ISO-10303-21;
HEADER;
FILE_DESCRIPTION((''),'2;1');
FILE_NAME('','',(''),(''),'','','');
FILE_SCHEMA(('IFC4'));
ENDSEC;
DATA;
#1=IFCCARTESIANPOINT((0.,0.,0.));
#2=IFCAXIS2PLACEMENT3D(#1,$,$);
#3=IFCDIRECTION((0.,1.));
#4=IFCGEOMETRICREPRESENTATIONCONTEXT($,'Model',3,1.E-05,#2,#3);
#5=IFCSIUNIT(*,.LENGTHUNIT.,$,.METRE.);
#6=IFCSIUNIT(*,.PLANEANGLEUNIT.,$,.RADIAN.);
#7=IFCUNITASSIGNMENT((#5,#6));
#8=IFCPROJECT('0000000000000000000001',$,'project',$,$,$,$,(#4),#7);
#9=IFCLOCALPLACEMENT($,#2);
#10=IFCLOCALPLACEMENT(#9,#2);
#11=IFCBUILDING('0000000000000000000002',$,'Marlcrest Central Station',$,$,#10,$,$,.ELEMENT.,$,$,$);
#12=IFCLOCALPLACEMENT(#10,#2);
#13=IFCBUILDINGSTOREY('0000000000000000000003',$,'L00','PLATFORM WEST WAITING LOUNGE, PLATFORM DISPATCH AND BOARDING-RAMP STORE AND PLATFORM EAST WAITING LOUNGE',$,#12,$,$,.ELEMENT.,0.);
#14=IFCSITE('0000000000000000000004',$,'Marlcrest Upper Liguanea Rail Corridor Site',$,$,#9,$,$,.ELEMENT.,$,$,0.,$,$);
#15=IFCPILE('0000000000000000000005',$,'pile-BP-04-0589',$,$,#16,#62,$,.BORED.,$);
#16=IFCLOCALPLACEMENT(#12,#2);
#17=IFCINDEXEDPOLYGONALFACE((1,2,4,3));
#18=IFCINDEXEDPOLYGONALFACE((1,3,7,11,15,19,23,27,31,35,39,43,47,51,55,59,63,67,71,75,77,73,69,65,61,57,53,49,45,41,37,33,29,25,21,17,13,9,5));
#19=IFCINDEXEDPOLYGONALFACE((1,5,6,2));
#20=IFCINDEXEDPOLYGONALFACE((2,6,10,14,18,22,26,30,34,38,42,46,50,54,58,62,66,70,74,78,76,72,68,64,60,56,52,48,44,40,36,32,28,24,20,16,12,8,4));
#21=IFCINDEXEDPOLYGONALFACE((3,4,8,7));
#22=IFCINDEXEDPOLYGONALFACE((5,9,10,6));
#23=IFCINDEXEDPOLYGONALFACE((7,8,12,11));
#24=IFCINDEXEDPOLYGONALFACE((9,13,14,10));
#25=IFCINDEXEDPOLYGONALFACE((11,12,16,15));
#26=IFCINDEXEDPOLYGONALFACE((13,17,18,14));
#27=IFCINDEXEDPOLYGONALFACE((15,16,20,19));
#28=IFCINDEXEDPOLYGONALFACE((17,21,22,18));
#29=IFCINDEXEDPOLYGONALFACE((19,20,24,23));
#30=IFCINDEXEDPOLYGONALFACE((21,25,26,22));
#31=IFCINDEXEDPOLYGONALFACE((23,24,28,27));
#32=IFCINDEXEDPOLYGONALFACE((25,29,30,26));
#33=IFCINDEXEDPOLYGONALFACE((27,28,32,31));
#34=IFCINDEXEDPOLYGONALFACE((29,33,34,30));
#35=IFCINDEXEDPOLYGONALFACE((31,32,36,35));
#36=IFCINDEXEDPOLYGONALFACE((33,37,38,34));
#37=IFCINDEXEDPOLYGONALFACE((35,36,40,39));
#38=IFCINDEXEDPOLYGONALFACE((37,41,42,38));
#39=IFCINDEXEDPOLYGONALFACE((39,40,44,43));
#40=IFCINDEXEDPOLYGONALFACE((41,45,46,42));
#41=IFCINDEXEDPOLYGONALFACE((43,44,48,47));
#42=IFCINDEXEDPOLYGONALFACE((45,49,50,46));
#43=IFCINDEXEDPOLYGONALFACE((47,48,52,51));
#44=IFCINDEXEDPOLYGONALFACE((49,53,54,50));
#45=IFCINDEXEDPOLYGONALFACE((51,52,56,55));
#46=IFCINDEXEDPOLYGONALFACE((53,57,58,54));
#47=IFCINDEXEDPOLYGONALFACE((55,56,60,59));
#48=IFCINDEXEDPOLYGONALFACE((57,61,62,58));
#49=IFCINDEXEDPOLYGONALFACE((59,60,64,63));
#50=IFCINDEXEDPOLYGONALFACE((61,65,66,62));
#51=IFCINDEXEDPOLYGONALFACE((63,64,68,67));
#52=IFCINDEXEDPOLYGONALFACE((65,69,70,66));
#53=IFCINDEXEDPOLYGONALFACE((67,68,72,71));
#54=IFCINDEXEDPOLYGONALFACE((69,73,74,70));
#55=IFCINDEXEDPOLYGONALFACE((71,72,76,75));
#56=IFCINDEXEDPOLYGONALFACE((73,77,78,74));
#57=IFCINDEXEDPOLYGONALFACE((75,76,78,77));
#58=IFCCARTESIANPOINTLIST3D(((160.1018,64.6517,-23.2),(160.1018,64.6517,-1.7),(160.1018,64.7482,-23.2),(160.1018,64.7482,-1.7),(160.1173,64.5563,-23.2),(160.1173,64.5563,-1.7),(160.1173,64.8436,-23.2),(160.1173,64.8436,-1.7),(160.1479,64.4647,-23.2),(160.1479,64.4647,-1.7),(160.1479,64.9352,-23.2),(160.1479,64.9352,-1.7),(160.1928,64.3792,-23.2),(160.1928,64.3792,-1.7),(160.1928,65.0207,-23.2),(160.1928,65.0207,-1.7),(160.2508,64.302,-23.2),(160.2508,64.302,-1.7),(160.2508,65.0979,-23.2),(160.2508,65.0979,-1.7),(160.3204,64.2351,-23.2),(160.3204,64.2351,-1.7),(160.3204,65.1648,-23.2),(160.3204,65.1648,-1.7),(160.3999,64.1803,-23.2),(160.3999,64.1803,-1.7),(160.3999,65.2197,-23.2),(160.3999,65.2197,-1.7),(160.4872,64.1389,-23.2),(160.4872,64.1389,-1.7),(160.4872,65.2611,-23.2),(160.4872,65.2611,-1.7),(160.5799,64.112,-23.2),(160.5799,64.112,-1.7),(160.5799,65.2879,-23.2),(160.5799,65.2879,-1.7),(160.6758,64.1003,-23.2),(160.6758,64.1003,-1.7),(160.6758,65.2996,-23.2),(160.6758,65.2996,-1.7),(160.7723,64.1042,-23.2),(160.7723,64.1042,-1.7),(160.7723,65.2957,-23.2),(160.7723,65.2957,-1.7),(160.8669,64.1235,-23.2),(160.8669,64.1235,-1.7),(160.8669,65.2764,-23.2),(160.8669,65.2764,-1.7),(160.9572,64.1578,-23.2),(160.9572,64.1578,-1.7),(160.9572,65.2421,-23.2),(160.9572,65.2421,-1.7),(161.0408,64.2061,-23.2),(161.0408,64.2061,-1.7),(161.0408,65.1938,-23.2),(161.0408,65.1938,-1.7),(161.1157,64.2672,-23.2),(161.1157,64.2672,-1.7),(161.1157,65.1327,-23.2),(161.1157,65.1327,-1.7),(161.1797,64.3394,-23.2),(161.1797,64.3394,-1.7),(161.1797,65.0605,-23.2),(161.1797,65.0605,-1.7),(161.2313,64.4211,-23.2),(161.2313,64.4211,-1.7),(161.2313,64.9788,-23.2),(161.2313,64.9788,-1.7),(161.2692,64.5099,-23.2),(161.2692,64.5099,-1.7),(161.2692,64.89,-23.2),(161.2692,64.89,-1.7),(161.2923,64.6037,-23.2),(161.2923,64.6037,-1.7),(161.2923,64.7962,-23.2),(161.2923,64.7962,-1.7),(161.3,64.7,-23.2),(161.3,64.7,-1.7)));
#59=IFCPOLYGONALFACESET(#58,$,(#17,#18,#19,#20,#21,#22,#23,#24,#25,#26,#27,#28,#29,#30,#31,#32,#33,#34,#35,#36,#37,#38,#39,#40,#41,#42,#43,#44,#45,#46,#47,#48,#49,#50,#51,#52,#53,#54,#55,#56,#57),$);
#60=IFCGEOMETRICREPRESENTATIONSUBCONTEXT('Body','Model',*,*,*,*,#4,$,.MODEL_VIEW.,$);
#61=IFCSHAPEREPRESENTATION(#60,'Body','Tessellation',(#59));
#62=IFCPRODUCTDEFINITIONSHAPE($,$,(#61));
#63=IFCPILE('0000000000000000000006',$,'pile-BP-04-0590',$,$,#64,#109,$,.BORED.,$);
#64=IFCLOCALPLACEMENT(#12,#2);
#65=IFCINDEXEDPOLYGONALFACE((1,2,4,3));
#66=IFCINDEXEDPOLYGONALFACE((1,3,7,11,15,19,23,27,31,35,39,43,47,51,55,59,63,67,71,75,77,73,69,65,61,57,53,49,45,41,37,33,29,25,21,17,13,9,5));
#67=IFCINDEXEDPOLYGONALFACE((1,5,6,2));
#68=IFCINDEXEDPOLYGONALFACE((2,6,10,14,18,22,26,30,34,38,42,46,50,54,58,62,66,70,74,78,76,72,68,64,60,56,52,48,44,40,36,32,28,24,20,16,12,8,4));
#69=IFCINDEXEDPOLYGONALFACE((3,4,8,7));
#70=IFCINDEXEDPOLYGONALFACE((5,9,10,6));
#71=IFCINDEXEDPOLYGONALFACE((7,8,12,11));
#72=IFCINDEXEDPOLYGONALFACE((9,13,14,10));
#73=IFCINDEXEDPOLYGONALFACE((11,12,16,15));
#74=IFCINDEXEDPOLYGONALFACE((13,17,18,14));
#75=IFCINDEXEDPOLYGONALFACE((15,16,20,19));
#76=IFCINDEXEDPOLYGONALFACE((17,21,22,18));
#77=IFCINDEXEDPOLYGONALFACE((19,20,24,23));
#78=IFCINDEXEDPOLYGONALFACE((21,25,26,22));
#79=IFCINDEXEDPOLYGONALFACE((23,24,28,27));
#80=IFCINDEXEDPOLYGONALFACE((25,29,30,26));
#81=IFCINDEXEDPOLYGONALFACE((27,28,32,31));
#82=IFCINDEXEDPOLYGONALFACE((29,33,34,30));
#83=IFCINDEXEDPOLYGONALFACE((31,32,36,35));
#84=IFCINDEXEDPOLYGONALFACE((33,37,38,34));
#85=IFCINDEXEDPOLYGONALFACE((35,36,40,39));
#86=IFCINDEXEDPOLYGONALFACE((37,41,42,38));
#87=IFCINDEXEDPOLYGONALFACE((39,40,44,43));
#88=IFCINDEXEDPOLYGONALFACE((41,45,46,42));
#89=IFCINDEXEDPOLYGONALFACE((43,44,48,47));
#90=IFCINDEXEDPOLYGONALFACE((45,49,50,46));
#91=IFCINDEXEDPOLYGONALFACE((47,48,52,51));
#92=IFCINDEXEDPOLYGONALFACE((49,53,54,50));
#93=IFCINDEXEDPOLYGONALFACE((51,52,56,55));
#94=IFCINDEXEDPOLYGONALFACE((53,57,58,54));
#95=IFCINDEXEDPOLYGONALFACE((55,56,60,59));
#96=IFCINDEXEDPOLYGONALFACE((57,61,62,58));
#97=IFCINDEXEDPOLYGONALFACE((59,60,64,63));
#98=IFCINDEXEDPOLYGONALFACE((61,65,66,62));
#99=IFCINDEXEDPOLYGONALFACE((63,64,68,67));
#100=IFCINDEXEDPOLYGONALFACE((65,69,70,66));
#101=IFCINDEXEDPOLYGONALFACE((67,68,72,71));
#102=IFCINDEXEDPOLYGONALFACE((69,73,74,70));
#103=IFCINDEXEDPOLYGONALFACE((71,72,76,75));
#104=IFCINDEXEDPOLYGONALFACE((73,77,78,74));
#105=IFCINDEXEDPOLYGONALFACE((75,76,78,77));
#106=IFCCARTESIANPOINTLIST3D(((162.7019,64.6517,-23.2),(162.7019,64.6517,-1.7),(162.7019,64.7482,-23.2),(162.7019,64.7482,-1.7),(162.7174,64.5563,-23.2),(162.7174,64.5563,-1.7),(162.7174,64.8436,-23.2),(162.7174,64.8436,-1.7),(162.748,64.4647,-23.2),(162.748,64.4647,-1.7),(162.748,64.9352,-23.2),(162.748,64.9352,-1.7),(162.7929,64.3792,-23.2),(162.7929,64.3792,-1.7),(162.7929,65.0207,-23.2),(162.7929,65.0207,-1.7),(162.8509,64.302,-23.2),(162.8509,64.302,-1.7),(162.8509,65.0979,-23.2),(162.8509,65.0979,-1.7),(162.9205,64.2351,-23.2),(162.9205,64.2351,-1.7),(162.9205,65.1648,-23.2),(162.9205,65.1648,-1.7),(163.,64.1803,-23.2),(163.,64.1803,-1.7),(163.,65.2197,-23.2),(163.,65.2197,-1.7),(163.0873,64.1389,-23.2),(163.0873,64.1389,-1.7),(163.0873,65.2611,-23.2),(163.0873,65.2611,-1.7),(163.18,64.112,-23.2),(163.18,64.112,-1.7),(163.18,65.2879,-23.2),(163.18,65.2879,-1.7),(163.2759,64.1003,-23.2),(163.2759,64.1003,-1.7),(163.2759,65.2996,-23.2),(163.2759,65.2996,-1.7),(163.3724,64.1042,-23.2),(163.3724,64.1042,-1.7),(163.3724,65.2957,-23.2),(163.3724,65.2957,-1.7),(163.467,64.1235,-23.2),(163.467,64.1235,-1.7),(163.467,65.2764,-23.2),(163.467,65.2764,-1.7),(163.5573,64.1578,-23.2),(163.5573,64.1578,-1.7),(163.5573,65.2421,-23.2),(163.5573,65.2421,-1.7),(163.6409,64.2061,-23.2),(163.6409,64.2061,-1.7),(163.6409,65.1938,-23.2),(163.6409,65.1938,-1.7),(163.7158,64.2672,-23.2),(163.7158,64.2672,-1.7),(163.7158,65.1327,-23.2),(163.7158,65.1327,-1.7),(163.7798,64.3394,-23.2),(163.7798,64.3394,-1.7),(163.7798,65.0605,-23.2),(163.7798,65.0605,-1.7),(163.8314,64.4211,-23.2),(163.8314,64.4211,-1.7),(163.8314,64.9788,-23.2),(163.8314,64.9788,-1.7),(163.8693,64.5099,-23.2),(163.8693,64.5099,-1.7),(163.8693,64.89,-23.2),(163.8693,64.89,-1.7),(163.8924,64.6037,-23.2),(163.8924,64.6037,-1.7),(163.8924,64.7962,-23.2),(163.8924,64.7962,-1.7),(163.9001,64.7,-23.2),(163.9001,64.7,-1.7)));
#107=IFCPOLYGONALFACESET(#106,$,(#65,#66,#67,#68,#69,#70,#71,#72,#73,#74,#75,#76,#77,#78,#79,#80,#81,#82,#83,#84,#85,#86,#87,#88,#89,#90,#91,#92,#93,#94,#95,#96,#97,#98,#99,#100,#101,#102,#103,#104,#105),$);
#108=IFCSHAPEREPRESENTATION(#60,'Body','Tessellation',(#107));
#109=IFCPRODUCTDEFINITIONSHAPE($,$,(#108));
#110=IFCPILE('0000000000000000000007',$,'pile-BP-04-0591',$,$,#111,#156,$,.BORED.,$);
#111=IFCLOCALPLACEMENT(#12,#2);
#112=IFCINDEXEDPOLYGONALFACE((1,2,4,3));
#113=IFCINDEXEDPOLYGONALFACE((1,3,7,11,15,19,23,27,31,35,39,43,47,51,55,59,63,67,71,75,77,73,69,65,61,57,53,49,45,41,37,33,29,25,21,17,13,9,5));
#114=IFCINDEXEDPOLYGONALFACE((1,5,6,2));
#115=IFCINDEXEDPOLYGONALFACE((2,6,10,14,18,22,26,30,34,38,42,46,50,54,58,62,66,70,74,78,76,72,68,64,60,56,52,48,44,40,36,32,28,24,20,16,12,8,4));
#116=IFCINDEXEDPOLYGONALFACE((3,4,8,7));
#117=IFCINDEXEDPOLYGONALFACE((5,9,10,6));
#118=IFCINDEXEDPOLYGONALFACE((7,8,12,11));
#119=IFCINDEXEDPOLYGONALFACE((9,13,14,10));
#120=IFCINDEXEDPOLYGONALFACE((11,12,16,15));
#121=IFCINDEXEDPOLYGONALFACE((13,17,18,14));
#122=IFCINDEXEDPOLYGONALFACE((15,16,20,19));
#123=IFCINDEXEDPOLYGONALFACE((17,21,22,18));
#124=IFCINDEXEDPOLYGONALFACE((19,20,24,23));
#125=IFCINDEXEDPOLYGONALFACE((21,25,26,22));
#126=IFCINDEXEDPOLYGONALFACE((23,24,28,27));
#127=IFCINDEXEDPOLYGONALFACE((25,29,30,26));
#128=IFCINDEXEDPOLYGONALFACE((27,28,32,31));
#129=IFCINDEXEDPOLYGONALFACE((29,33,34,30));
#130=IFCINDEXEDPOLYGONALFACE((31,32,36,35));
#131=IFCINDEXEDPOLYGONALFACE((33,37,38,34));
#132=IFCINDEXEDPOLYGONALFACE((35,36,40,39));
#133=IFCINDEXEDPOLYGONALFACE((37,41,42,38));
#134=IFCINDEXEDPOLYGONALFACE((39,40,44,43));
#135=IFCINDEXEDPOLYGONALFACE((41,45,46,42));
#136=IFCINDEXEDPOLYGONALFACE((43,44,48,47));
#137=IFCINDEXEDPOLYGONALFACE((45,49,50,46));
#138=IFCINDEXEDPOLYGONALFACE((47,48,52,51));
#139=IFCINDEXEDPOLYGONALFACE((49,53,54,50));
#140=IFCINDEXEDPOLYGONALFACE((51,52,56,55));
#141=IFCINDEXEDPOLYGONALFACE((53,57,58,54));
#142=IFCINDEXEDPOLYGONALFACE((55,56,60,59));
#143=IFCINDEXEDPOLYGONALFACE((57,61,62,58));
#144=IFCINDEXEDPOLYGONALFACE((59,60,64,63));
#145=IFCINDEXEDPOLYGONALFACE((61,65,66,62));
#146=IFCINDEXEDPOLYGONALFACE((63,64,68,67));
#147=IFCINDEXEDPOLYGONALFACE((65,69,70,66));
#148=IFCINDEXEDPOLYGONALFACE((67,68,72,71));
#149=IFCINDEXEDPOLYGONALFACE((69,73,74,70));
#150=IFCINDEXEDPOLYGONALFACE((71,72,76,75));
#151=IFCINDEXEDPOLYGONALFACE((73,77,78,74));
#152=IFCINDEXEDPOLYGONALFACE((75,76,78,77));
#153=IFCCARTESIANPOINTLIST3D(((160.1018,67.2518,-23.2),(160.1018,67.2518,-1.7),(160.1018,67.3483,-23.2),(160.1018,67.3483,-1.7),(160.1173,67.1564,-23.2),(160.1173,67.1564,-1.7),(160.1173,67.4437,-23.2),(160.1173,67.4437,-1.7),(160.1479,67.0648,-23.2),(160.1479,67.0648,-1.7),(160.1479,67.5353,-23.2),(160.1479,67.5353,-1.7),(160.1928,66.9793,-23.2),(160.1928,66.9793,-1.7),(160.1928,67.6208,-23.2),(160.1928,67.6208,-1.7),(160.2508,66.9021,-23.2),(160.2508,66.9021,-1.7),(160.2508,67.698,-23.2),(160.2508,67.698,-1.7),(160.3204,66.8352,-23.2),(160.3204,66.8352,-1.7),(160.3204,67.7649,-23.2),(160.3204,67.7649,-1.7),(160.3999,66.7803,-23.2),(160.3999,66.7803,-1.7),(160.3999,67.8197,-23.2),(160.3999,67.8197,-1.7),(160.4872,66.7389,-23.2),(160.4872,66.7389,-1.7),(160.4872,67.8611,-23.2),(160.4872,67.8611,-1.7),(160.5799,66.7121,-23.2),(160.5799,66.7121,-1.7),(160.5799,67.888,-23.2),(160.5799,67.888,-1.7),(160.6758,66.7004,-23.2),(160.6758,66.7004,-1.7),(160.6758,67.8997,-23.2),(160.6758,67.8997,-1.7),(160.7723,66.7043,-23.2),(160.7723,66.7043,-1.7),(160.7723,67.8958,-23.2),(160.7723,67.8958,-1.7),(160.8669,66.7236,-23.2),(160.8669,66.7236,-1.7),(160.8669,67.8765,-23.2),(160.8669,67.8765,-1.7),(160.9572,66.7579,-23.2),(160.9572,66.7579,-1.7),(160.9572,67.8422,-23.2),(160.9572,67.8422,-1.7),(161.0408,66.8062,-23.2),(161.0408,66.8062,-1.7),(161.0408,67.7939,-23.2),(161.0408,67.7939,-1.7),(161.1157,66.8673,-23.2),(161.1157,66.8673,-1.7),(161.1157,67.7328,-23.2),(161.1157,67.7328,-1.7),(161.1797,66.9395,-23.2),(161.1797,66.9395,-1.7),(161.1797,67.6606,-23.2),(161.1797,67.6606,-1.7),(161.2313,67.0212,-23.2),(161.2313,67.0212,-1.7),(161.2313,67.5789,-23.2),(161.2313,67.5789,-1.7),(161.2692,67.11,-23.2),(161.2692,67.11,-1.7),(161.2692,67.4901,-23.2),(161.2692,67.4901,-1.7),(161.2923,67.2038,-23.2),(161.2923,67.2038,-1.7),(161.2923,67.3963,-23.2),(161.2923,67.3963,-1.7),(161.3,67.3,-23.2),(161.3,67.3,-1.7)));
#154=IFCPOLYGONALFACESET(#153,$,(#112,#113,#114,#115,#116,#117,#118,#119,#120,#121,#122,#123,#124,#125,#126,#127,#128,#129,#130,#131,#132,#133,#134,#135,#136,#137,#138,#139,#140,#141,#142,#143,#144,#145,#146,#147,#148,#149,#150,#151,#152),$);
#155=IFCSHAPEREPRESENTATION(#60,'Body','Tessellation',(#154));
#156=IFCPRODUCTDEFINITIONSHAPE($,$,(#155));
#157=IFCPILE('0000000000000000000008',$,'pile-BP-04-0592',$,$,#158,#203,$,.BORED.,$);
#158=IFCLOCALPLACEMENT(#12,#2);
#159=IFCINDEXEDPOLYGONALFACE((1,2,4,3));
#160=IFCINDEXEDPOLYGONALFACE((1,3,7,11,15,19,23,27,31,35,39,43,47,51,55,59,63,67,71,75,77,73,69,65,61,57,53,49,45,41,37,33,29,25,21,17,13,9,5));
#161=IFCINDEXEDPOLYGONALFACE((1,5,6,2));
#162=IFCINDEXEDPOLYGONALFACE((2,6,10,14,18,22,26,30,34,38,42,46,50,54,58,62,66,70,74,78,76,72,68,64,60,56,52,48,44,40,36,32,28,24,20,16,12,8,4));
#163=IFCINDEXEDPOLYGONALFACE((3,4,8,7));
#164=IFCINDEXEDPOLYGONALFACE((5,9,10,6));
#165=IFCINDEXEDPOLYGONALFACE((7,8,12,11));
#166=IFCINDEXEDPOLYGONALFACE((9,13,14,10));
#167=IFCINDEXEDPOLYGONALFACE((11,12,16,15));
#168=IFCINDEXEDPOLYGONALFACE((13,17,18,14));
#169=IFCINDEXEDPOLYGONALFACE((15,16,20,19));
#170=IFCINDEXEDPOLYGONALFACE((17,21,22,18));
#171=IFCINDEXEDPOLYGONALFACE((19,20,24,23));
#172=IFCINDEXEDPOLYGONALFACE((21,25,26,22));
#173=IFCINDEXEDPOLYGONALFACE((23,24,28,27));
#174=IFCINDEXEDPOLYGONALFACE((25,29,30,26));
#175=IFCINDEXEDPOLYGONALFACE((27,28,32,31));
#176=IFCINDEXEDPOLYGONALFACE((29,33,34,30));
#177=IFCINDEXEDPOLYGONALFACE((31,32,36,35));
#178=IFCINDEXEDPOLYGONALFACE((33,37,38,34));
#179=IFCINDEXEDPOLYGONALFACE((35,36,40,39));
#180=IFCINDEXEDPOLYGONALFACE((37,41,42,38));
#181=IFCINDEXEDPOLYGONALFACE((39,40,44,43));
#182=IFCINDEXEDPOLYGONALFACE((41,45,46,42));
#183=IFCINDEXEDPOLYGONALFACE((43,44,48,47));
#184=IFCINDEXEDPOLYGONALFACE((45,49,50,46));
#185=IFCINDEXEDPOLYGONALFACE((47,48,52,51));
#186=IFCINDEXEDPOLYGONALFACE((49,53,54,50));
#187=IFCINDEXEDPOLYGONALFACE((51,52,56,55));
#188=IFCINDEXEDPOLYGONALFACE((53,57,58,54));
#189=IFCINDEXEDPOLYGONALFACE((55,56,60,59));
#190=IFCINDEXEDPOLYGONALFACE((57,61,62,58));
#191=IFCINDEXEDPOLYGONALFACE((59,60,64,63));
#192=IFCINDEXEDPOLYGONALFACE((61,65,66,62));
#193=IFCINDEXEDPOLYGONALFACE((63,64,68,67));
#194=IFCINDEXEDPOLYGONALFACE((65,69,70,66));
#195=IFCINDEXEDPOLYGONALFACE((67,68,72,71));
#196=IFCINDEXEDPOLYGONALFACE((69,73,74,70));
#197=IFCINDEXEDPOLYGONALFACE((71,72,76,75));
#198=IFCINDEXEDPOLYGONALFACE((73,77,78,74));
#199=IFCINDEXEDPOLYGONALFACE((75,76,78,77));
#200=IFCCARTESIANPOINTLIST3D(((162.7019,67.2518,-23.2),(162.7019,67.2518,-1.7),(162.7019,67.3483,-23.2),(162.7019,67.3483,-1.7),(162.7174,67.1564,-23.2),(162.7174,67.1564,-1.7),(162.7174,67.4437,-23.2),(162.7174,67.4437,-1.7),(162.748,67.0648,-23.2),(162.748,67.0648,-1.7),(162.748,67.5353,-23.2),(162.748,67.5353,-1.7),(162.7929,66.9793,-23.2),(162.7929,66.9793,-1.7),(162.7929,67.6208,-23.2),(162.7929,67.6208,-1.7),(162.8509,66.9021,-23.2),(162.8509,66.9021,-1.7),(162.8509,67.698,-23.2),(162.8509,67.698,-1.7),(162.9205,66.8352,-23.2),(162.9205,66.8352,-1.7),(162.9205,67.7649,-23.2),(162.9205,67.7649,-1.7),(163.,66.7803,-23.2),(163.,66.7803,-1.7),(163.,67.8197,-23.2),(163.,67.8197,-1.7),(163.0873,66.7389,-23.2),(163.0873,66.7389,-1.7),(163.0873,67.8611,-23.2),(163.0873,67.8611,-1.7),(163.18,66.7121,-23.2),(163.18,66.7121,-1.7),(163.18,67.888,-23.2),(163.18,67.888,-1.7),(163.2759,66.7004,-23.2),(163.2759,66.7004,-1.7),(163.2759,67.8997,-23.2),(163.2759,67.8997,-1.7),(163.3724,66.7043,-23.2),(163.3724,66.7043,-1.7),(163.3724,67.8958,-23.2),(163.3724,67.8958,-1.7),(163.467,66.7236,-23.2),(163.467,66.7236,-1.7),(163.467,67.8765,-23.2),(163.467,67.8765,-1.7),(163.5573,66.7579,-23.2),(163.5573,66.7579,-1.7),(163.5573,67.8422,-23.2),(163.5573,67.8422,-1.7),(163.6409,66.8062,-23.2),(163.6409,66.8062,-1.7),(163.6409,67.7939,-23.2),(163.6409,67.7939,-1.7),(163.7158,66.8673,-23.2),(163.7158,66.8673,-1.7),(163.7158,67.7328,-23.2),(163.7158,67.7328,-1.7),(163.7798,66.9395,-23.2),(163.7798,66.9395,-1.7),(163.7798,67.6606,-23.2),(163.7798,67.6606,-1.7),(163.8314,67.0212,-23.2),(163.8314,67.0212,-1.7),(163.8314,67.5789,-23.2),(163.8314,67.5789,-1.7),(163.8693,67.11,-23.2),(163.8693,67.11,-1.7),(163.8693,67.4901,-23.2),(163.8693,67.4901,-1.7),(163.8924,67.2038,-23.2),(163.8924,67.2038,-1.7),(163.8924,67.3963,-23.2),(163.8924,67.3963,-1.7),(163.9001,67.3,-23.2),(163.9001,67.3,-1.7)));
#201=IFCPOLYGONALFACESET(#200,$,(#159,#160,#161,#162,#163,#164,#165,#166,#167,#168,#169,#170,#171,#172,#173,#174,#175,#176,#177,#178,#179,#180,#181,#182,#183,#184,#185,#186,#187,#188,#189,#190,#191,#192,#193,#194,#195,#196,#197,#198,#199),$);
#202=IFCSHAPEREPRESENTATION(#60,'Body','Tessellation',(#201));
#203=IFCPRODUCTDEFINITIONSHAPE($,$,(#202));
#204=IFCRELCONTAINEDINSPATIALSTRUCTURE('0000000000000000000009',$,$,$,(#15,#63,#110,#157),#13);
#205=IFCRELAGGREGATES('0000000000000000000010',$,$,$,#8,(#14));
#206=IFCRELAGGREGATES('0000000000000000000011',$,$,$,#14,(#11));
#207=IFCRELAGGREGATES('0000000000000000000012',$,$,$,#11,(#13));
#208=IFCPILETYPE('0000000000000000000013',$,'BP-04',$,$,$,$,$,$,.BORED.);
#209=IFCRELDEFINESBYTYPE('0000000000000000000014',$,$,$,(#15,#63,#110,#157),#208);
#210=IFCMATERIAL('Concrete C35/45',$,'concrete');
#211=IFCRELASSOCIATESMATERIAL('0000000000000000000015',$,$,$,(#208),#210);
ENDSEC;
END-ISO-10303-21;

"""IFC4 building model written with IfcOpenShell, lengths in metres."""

from ifc_helpers import new_model, si_unit, direction, frame, origin, origin_2d, place, context, subcontext, project, spatial, circle, extrude, material, material_profile, profile_set, type_object, element, save


model = new_model("IFC4")

# Units and contexts
model_context = context("Model", 3, precision=1e-05, world=origin(), true_north=direction((0.0, 1.0)))
body_context = subcontext(model_context, "Body", "Model", "MODEL_VIEW")
ifc_project = project(units=[si_unit("LENGTHUNIT", "METRE"), si_unit("PLANEANGLEUNIT", "RADIAN")], contexts=[model_context])

# Site, building, storey
site_placement = place(None, origin())
site = spatial("IfcSite", under=ifc_project, at=site_placement, Name="Marlcrest Upper Liguanea Rail Corridor Site", CompositionType="ELEMENT", RefElevation=0.0)
building_placement = place(site_placement, origin())
building = spatial("IfcBuilding", under=site, at=building_placement, Name="Marlcrest Central Station", CompositionType="ELEMENT")
storey_placement = place(building_placement, origin())
storey = spatial("IfcBuildingStorey", under=building, at=storey_placement, Name="L00", Description="PLATFORM WEST WAITING LOUNGE, PLATFORM DISPATCH AND BOARDING-RAMP STORE AND PLATFORM EAST WAITING LOUNGE", CompositionType="ELEMENT", Elevation=0.0)

# Piles
ifc_material_1 = material(Name="Concrete C35/45", Category="concrete")
ifc_material_profile_1 = material_profile(ifc_material_1, circle(Radius=0.6001, at=origin_2d()), Name="PILE D1200")
ifc_profile_set_1 = profile_set([ifc_material_profile_1], Name="Concrete C35/45")
pile_type = type_object("IfcPileType", Name="BP-04", PredefinedType="BORED", material=ifc_profile_set_1)
for number, where, z_axis, x_axis, name in (
    (1, (160.7, 64.7, -1.7), (0.0, 0.0, -1.0), (1.0, 0.0, 0.0), "pile-BP-04-0589"),
    (2, (163.3, 64.7, -1.7), (0.0, 0.0, -1.0), (1.0, 0.0, 0.0), "pile-BP-04-0590"),
    (3, (160.7, 67.3, -1.7), (0.0, 0.0, -1.0), (1.0, 0.0, 0.0), "pile-BP-04-0591"),
    (4, (163.3, 67.3, -1.7), (0.0, 0.0, -1.0), (1.0, 0.0, 0.0), "pile-BP-04-0592"),
):
    element("IfcPile", number, at=place(storey_placement, frame(where, z_axis=z_axis, x_axis=x_axis)), inside=storey, type_object=pile_type, Name=name, PredefinedType="BORED", context=body_context, shape_type="SweptSolid", body=[
        extrude(circle(Radius=0.6001, at=origin_2d()), origin(), (0.0, 0.0, 1.0), 21.5),
    ])

save(model, "model.ifc")
